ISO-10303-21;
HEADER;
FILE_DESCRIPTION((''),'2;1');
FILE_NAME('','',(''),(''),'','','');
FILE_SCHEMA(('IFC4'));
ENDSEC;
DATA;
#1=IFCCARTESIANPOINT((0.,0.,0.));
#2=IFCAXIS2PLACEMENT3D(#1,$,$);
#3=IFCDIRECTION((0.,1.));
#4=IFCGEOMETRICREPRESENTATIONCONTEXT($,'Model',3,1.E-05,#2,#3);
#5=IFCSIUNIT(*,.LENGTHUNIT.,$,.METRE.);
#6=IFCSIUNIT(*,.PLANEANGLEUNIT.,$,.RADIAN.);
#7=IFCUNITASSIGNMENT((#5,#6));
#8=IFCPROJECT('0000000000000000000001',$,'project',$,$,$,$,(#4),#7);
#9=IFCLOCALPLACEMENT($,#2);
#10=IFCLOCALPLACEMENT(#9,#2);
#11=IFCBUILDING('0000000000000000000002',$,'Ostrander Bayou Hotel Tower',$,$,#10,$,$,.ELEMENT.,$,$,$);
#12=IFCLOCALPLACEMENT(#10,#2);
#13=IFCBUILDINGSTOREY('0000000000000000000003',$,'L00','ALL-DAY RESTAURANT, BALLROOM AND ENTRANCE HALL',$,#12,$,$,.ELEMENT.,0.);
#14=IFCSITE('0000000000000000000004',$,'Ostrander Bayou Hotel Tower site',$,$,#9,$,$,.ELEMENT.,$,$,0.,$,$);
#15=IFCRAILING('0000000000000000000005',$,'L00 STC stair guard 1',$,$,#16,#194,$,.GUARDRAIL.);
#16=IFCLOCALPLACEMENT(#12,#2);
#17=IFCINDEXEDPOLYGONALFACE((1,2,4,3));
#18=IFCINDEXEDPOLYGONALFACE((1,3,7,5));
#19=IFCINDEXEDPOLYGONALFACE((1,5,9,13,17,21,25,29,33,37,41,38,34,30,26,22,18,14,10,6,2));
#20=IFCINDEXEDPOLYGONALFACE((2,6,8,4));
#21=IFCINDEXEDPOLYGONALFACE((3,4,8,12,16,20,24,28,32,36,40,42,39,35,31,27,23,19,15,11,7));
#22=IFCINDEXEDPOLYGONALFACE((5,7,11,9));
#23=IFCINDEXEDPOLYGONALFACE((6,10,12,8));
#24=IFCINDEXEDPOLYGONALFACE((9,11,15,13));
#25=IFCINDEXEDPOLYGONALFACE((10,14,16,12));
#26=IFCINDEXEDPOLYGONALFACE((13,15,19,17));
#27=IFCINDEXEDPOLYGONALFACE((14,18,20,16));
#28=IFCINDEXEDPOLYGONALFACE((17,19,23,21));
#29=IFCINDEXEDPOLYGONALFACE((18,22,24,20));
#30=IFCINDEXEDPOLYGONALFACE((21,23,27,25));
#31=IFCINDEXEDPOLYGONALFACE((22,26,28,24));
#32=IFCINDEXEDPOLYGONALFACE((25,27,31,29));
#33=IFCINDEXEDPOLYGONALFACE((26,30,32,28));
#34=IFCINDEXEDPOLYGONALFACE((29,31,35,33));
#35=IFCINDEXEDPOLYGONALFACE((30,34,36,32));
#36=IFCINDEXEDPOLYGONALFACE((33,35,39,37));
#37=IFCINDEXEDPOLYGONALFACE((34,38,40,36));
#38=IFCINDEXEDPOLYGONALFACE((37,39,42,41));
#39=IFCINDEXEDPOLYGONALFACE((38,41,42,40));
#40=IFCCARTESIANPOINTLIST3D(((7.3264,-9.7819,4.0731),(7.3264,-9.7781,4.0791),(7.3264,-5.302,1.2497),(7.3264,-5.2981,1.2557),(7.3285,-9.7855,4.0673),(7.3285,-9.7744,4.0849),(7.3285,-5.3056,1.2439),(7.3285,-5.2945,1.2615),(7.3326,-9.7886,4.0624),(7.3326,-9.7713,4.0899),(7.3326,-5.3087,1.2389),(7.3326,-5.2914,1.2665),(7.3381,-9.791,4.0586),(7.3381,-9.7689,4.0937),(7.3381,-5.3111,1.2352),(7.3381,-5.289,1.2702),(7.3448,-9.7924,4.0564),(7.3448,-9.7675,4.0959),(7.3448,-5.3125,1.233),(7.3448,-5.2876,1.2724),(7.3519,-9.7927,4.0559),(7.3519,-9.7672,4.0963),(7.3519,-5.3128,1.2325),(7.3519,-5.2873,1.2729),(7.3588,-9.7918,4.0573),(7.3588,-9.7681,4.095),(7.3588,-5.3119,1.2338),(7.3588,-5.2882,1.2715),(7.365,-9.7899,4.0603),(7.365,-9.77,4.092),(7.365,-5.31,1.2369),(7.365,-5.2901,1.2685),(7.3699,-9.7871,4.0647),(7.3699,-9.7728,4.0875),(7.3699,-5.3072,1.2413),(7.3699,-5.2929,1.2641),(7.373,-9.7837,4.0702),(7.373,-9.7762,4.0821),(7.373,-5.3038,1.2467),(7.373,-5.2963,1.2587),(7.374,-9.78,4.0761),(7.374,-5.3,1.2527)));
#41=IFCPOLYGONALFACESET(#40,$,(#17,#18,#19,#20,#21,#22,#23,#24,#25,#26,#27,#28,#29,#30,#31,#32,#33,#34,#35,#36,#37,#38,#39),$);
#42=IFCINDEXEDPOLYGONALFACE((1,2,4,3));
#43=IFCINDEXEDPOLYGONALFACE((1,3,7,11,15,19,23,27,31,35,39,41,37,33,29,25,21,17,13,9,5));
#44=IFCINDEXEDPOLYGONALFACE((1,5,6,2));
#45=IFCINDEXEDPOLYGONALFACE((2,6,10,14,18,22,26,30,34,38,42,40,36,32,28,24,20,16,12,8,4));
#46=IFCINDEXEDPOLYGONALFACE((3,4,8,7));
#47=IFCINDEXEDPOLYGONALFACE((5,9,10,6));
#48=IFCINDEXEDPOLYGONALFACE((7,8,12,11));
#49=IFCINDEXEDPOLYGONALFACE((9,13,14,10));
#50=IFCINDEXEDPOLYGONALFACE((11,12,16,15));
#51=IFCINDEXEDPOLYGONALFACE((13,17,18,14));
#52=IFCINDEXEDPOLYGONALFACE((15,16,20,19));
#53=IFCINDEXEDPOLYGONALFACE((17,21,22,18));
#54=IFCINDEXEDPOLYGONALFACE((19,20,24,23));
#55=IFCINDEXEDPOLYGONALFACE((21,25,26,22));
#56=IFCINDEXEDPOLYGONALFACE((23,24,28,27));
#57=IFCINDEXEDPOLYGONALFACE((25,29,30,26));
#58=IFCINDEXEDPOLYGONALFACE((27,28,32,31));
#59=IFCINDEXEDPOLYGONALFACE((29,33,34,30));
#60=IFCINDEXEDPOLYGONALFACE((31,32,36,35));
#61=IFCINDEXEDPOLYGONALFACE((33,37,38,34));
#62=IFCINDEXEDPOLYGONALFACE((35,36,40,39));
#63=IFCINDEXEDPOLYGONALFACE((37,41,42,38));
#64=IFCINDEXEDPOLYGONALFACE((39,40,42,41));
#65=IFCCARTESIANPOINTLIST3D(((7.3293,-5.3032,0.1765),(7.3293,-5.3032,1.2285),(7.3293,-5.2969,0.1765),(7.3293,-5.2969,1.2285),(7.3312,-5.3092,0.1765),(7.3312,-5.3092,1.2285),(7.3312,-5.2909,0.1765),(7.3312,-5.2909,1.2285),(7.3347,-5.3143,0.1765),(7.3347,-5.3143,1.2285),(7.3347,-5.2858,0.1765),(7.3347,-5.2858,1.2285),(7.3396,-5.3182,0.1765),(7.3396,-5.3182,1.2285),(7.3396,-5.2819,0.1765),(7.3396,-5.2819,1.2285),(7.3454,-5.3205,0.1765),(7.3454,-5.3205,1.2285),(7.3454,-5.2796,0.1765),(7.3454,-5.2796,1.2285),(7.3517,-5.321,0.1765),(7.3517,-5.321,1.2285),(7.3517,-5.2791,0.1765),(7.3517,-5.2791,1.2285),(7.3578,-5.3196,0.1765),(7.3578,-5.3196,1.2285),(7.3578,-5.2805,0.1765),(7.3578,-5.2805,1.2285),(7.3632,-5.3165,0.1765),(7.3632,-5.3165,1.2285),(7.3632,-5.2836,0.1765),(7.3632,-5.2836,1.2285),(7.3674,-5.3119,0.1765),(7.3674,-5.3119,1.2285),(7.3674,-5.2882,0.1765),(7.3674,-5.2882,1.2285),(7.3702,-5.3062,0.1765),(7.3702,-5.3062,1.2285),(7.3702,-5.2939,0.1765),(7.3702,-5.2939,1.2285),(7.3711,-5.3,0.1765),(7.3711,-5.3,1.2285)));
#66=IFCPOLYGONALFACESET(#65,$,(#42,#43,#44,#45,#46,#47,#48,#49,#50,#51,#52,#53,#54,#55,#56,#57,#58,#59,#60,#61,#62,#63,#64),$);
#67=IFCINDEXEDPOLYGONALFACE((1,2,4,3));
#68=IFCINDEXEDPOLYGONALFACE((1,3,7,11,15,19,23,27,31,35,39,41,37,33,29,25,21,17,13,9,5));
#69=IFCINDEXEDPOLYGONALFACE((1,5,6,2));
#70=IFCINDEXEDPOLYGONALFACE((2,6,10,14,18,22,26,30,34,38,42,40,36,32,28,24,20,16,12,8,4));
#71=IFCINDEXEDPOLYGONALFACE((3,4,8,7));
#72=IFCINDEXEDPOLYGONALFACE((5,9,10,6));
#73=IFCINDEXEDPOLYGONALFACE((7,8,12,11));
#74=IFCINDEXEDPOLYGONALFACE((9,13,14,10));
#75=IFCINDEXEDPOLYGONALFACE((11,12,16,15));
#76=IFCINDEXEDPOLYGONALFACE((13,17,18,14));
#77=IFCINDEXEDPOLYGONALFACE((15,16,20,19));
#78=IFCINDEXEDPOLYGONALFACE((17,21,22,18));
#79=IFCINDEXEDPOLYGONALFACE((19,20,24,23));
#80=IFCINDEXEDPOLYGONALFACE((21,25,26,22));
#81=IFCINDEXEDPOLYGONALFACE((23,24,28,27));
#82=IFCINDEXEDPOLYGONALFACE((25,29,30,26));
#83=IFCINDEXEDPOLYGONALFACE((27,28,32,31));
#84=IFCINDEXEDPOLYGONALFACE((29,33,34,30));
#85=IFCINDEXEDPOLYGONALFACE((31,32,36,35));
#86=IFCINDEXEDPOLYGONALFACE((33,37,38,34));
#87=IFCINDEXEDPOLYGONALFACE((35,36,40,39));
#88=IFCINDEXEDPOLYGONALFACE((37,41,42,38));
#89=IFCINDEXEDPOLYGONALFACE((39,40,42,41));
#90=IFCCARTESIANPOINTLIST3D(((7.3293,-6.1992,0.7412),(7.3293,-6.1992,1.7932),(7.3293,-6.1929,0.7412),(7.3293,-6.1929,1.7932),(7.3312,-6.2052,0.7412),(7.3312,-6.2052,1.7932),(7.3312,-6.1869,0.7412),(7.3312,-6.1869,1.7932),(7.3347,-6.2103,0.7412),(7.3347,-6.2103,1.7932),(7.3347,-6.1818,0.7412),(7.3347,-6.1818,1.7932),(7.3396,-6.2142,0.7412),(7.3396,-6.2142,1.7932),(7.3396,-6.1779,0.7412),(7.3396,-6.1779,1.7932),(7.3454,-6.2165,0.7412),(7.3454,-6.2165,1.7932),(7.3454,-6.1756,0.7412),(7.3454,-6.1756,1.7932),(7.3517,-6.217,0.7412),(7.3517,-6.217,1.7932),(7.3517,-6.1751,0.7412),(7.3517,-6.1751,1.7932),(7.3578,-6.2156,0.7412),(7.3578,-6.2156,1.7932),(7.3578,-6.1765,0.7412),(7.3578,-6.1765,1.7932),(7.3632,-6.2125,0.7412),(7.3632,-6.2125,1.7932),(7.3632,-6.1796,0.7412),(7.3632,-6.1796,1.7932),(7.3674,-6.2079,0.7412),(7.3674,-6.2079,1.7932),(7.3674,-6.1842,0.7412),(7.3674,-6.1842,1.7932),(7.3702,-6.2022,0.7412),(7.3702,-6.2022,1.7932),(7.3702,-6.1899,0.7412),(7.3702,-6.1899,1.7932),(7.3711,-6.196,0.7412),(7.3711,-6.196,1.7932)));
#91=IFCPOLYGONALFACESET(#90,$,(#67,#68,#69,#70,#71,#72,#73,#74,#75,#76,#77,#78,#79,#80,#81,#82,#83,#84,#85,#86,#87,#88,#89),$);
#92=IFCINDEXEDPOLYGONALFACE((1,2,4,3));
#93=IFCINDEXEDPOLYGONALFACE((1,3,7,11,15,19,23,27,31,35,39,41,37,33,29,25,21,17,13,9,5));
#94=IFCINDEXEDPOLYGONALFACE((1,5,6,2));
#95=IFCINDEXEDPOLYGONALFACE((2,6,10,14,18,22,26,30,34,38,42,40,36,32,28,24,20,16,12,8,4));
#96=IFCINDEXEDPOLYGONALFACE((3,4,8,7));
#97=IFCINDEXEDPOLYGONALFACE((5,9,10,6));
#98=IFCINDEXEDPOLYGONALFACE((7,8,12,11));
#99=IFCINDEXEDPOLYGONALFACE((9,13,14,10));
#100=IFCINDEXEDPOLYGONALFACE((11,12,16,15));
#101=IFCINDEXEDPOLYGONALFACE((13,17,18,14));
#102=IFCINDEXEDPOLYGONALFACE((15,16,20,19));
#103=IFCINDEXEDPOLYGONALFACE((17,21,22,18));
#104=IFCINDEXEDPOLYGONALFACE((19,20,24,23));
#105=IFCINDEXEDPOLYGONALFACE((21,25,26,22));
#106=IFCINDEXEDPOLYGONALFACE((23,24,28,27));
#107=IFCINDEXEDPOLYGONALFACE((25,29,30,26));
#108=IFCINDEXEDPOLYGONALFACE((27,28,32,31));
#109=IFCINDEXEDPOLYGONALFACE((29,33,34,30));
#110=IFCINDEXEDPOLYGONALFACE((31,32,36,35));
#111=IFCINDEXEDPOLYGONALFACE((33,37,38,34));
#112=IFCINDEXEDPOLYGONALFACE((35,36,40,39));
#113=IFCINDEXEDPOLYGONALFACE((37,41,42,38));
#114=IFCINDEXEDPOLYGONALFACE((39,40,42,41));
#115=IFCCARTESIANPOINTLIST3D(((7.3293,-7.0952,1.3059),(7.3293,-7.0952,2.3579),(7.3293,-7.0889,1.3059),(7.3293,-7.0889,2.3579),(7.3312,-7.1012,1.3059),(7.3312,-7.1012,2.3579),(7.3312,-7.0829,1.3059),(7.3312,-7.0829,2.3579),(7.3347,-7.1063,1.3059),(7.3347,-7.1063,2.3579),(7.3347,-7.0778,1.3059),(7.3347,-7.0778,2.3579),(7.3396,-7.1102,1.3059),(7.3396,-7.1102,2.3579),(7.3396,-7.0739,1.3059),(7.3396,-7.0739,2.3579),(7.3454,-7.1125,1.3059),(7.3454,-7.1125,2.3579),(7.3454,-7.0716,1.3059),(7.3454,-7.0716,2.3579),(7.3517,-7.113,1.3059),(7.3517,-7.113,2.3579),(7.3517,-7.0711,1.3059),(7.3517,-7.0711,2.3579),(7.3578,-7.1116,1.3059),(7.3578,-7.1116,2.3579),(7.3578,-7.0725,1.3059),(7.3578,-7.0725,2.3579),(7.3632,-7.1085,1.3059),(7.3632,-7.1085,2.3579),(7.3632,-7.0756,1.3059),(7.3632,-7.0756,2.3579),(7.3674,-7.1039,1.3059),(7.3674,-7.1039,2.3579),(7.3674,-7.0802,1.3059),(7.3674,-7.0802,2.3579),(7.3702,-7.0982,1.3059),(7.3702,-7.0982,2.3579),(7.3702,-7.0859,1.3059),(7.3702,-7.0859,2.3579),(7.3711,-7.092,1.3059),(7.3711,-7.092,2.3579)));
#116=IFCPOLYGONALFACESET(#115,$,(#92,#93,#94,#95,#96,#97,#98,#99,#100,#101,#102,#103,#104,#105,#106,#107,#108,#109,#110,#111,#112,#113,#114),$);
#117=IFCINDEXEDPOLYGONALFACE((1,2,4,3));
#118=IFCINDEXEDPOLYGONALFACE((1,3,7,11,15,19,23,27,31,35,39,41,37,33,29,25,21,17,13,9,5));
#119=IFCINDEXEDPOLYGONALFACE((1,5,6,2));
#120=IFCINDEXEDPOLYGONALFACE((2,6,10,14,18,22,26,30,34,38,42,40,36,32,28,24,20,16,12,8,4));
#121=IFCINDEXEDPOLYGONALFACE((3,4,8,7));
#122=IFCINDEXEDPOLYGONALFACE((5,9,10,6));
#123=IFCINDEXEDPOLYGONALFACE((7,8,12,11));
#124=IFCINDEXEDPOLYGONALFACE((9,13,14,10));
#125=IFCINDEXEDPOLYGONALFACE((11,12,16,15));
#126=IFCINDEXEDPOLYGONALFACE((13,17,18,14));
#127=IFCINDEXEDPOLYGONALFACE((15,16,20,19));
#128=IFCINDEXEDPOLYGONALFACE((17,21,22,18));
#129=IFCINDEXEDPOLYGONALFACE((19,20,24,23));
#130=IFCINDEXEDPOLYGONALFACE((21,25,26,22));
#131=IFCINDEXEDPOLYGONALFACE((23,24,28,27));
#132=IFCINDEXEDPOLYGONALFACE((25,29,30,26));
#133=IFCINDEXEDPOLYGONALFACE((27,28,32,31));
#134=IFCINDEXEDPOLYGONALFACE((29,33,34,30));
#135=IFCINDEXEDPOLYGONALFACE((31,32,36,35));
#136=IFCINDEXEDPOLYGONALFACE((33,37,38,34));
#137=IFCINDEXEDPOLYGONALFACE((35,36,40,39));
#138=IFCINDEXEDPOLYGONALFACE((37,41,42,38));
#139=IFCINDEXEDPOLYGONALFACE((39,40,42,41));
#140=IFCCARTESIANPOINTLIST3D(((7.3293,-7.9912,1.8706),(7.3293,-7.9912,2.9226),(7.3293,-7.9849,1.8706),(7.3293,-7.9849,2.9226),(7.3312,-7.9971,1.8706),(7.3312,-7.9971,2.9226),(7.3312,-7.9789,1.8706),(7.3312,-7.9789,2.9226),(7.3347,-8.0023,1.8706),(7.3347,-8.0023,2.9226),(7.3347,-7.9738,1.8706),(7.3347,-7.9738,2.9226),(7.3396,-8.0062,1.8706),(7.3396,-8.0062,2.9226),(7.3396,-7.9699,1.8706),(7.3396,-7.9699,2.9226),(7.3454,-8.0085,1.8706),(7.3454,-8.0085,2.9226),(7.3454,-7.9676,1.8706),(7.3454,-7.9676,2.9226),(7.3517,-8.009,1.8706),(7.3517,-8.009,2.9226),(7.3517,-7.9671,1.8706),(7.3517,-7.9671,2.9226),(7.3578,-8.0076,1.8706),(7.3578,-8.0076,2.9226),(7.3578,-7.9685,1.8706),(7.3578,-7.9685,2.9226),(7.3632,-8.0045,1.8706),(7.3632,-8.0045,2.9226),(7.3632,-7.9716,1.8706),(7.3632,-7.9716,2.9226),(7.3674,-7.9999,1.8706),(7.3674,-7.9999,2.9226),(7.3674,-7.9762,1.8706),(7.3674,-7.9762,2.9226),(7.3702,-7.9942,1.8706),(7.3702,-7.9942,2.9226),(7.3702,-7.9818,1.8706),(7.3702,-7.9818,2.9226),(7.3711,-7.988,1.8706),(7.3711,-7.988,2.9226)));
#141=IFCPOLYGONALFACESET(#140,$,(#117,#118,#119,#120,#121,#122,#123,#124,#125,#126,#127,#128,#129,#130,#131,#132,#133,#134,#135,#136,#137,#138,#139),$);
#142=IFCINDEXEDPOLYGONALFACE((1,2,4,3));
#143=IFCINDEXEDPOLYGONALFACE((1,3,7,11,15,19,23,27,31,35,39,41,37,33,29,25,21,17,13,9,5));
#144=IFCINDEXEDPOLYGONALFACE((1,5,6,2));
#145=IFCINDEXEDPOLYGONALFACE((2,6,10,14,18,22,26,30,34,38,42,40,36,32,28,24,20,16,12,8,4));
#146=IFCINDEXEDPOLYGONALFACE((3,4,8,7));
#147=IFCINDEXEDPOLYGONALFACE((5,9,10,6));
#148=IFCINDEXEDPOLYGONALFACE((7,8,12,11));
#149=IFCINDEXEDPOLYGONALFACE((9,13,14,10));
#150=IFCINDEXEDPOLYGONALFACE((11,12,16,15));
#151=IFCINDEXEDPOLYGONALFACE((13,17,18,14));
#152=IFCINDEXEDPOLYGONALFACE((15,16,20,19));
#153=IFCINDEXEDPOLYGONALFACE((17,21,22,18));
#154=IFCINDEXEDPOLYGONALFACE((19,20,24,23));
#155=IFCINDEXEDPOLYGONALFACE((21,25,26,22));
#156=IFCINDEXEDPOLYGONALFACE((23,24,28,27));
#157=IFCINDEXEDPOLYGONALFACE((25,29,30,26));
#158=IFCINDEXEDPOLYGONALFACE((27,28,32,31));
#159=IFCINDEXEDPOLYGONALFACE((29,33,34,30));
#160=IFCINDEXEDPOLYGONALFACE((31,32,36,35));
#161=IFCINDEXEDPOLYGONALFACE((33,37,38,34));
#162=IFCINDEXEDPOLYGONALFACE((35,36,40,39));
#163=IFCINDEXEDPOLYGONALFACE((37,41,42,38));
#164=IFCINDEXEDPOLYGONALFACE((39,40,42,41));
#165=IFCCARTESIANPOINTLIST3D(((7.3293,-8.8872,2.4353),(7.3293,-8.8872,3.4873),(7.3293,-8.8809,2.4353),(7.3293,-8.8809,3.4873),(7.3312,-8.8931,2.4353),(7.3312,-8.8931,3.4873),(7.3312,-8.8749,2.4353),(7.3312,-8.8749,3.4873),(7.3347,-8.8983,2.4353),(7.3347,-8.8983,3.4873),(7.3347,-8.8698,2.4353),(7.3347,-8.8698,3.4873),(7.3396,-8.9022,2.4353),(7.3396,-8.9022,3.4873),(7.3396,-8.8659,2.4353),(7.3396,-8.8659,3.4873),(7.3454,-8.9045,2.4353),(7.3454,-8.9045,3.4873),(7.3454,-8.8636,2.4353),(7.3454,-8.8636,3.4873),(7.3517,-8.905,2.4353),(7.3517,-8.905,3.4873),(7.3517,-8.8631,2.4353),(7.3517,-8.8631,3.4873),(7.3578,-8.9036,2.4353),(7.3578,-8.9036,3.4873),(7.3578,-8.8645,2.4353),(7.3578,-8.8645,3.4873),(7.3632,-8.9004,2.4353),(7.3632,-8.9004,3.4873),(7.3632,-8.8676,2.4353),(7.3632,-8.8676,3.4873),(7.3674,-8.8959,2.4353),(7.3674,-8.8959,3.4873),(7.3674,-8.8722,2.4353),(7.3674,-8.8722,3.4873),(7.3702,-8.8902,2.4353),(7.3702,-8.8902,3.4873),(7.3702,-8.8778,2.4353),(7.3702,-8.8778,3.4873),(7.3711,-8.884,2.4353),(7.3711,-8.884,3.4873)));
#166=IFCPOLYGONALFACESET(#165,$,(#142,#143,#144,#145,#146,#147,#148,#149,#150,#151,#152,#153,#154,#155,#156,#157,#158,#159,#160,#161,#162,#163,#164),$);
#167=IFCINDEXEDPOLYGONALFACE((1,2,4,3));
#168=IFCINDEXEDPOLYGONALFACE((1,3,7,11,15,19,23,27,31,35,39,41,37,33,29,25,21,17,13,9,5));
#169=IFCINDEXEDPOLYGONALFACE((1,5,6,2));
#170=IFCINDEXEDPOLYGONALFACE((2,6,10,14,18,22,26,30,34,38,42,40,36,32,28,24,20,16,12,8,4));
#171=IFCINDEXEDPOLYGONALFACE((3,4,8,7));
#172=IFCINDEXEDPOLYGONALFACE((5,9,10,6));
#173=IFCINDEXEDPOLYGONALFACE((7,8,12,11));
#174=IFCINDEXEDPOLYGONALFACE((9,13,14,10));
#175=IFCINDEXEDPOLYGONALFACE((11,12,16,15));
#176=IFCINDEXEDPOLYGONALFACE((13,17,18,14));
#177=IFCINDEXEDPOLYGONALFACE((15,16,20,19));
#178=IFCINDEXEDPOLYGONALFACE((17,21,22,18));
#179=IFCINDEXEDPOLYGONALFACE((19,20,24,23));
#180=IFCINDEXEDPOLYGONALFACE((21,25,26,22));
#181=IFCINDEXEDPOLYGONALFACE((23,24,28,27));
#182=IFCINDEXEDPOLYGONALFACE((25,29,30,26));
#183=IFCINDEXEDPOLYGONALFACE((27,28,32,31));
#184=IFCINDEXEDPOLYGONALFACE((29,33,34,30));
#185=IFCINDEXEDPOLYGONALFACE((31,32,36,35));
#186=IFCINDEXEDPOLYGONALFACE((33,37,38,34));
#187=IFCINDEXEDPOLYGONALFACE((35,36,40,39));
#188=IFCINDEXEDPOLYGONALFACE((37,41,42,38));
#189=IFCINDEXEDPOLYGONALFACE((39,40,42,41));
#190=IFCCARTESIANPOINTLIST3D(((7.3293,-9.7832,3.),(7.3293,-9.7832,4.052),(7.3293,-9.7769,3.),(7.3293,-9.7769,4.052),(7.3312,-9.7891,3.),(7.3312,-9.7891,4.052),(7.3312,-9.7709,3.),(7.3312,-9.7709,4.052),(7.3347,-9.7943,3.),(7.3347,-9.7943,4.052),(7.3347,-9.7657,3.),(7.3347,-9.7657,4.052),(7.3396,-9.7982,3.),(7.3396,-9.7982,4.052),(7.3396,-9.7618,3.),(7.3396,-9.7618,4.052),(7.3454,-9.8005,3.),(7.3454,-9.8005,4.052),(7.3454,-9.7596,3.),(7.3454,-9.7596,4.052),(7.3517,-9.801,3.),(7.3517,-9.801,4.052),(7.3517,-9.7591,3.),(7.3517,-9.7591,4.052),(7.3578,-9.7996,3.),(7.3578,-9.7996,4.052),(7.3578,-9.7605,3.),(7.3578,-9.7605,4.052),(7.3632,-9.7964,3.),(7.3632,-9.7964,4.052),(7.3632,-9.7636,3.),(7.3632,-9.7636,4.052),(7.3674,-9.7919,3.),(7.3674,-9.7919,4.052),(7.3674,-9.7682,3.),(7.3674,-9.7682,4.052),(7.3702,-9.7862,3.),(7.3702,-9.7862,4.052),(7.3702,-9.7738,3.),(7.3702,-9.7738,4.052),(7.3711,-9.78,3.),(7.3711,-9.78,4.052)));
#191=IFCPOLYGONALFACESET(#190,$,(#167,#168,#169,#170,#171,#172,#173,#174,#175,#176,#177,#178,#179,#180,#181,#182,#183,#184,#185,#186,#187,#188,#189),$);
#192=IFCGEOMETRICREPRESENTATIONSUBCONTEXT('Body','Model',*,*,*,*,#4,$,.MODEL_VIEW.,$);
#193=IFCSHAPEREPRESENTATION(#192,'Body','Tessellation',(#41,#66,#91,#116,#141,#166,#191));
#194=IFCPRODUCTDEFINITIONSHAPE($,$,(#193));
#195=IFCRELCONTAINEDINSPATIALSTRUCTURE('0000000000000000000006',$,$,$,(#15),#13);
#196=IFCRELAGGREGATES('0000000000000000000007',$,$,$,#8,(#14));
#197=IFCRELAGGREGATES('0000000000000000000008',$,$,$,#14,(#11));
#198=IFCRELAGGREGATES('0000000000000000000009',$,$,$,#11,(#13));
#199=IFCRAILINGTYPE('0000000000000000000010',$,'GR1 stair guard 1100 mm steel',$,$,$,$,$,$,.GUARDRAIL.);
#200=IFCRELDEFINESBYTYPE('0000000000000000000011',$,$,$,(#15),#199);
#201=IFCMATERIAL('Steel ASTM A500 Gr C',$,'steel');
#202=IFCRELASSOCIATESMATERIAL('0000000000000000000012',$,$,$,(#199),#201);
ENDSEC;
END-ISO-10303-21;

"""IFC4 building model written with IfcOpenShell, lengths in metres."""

from ifc_helpers import new_model, si_unit, direction, frame, origin, origin_2d, place, context, subcontext, project, spatial, circle, extrude, material, type_object, element, save


model = new_model("IFC4")

# Units and contexts
model_context = context("Model", 3, precision=1e-05, world=origin(), true_north=direction((0.0, 1.0)))
body_context = subcontext(model_context, "Body", "Model", "MODEL_VIEW")
ifc_project = project(units=[si_unit("LENGTHUNIT", "METRE"), si_unit("PLANEANGLEUNIT", "RADIAN")], contexts=[model_context])

# Site, building, storey
site_placement = place(None, origin())
site = spatial("IfcSite", under=ifc_project, at=site_placement, Name="Ostrander Bayou Hotel Tower site", CompositionType="ELEMENT", RefElevation=0.0)
building_placement = place(site_placement, origin())
building = spatial("IfcBuilding", under=site, at=building_placement, Name="Ostrander Bayou Hotel Tower", CompositionType="ELEMENT")
storey_placement = place(building_placement, origin())
storey = spatial("IfcBuildingStorey", under=building, at=storey_placement, Name="L00", Description="ALL-DAY RESTAURANT, BALLROOM AND ENTRANCE HALL", CompositionType="ELEMENT", Elevation=0.0)

# Railing
ifc_material_1 = material(Name="Steel ASTM A500 Gr C", Category="steel")
railing_type_1 = type_object("IfcRailingType", Name="GR1 stair guard 1100 mm steel", PredefinedType="GUARDRAIL", material=ifc_material_1)
railing_1_placement = place(storey_placement, frame((7.3501, -5.3, 0.1765)))
element("IfcRailing", 1, at=railing_1_placement, inside=storey, type_object=railing_type_1, Name="L00 STC stair guard 1", PredefinedType="GUARDRAIL", context=body_context, shape_type="SweptSolid", body=[
    extrude(circle(Radius=0.0239, at=origin_2d()), frame((0.0, 0.0, 1.0762), z_axis=(0.0, -0.845998, 0.533186), x_axis=(1.0, 0.0, 0.0)), (0.0, 0.0, 1.0), 5.2954),
    extrude(circle(Radius=0.021, at=origin_2d()), origin(), (0.0, 0.0, 1.0), 1.052),
    extrude(circle(Radius=0.021, at=origin_2d()), frame((0.0, -0.896, 0.5647)), (0.0, 0.0, 1.0), 1.052),
    extrude(circle(Radius=0.021, at=origin_2d()), frame((0.0, -1.792, 1.1294)), (0.0, 0.0, 1.0), 1.052),
    extrude(circle(Radius=0.021, at=origin_2d()), frame((0.0, -2.688, 1.6941)), (0.0, 0.0, 1.0), 1.052),
    extrude(circle(Radius=0.021, at=origin_2d()), frame((0.0, -3.584, 2.2588)), (0.0, 0.0, 1.0), 1.052),
    extrude(circle(Radius=0.021, at=origin_2d()), frame((0.0, -4.48, 2.8235)), (0.0, 0.0, 1.0), 1.052),
])

save(model, "model.ifc")
